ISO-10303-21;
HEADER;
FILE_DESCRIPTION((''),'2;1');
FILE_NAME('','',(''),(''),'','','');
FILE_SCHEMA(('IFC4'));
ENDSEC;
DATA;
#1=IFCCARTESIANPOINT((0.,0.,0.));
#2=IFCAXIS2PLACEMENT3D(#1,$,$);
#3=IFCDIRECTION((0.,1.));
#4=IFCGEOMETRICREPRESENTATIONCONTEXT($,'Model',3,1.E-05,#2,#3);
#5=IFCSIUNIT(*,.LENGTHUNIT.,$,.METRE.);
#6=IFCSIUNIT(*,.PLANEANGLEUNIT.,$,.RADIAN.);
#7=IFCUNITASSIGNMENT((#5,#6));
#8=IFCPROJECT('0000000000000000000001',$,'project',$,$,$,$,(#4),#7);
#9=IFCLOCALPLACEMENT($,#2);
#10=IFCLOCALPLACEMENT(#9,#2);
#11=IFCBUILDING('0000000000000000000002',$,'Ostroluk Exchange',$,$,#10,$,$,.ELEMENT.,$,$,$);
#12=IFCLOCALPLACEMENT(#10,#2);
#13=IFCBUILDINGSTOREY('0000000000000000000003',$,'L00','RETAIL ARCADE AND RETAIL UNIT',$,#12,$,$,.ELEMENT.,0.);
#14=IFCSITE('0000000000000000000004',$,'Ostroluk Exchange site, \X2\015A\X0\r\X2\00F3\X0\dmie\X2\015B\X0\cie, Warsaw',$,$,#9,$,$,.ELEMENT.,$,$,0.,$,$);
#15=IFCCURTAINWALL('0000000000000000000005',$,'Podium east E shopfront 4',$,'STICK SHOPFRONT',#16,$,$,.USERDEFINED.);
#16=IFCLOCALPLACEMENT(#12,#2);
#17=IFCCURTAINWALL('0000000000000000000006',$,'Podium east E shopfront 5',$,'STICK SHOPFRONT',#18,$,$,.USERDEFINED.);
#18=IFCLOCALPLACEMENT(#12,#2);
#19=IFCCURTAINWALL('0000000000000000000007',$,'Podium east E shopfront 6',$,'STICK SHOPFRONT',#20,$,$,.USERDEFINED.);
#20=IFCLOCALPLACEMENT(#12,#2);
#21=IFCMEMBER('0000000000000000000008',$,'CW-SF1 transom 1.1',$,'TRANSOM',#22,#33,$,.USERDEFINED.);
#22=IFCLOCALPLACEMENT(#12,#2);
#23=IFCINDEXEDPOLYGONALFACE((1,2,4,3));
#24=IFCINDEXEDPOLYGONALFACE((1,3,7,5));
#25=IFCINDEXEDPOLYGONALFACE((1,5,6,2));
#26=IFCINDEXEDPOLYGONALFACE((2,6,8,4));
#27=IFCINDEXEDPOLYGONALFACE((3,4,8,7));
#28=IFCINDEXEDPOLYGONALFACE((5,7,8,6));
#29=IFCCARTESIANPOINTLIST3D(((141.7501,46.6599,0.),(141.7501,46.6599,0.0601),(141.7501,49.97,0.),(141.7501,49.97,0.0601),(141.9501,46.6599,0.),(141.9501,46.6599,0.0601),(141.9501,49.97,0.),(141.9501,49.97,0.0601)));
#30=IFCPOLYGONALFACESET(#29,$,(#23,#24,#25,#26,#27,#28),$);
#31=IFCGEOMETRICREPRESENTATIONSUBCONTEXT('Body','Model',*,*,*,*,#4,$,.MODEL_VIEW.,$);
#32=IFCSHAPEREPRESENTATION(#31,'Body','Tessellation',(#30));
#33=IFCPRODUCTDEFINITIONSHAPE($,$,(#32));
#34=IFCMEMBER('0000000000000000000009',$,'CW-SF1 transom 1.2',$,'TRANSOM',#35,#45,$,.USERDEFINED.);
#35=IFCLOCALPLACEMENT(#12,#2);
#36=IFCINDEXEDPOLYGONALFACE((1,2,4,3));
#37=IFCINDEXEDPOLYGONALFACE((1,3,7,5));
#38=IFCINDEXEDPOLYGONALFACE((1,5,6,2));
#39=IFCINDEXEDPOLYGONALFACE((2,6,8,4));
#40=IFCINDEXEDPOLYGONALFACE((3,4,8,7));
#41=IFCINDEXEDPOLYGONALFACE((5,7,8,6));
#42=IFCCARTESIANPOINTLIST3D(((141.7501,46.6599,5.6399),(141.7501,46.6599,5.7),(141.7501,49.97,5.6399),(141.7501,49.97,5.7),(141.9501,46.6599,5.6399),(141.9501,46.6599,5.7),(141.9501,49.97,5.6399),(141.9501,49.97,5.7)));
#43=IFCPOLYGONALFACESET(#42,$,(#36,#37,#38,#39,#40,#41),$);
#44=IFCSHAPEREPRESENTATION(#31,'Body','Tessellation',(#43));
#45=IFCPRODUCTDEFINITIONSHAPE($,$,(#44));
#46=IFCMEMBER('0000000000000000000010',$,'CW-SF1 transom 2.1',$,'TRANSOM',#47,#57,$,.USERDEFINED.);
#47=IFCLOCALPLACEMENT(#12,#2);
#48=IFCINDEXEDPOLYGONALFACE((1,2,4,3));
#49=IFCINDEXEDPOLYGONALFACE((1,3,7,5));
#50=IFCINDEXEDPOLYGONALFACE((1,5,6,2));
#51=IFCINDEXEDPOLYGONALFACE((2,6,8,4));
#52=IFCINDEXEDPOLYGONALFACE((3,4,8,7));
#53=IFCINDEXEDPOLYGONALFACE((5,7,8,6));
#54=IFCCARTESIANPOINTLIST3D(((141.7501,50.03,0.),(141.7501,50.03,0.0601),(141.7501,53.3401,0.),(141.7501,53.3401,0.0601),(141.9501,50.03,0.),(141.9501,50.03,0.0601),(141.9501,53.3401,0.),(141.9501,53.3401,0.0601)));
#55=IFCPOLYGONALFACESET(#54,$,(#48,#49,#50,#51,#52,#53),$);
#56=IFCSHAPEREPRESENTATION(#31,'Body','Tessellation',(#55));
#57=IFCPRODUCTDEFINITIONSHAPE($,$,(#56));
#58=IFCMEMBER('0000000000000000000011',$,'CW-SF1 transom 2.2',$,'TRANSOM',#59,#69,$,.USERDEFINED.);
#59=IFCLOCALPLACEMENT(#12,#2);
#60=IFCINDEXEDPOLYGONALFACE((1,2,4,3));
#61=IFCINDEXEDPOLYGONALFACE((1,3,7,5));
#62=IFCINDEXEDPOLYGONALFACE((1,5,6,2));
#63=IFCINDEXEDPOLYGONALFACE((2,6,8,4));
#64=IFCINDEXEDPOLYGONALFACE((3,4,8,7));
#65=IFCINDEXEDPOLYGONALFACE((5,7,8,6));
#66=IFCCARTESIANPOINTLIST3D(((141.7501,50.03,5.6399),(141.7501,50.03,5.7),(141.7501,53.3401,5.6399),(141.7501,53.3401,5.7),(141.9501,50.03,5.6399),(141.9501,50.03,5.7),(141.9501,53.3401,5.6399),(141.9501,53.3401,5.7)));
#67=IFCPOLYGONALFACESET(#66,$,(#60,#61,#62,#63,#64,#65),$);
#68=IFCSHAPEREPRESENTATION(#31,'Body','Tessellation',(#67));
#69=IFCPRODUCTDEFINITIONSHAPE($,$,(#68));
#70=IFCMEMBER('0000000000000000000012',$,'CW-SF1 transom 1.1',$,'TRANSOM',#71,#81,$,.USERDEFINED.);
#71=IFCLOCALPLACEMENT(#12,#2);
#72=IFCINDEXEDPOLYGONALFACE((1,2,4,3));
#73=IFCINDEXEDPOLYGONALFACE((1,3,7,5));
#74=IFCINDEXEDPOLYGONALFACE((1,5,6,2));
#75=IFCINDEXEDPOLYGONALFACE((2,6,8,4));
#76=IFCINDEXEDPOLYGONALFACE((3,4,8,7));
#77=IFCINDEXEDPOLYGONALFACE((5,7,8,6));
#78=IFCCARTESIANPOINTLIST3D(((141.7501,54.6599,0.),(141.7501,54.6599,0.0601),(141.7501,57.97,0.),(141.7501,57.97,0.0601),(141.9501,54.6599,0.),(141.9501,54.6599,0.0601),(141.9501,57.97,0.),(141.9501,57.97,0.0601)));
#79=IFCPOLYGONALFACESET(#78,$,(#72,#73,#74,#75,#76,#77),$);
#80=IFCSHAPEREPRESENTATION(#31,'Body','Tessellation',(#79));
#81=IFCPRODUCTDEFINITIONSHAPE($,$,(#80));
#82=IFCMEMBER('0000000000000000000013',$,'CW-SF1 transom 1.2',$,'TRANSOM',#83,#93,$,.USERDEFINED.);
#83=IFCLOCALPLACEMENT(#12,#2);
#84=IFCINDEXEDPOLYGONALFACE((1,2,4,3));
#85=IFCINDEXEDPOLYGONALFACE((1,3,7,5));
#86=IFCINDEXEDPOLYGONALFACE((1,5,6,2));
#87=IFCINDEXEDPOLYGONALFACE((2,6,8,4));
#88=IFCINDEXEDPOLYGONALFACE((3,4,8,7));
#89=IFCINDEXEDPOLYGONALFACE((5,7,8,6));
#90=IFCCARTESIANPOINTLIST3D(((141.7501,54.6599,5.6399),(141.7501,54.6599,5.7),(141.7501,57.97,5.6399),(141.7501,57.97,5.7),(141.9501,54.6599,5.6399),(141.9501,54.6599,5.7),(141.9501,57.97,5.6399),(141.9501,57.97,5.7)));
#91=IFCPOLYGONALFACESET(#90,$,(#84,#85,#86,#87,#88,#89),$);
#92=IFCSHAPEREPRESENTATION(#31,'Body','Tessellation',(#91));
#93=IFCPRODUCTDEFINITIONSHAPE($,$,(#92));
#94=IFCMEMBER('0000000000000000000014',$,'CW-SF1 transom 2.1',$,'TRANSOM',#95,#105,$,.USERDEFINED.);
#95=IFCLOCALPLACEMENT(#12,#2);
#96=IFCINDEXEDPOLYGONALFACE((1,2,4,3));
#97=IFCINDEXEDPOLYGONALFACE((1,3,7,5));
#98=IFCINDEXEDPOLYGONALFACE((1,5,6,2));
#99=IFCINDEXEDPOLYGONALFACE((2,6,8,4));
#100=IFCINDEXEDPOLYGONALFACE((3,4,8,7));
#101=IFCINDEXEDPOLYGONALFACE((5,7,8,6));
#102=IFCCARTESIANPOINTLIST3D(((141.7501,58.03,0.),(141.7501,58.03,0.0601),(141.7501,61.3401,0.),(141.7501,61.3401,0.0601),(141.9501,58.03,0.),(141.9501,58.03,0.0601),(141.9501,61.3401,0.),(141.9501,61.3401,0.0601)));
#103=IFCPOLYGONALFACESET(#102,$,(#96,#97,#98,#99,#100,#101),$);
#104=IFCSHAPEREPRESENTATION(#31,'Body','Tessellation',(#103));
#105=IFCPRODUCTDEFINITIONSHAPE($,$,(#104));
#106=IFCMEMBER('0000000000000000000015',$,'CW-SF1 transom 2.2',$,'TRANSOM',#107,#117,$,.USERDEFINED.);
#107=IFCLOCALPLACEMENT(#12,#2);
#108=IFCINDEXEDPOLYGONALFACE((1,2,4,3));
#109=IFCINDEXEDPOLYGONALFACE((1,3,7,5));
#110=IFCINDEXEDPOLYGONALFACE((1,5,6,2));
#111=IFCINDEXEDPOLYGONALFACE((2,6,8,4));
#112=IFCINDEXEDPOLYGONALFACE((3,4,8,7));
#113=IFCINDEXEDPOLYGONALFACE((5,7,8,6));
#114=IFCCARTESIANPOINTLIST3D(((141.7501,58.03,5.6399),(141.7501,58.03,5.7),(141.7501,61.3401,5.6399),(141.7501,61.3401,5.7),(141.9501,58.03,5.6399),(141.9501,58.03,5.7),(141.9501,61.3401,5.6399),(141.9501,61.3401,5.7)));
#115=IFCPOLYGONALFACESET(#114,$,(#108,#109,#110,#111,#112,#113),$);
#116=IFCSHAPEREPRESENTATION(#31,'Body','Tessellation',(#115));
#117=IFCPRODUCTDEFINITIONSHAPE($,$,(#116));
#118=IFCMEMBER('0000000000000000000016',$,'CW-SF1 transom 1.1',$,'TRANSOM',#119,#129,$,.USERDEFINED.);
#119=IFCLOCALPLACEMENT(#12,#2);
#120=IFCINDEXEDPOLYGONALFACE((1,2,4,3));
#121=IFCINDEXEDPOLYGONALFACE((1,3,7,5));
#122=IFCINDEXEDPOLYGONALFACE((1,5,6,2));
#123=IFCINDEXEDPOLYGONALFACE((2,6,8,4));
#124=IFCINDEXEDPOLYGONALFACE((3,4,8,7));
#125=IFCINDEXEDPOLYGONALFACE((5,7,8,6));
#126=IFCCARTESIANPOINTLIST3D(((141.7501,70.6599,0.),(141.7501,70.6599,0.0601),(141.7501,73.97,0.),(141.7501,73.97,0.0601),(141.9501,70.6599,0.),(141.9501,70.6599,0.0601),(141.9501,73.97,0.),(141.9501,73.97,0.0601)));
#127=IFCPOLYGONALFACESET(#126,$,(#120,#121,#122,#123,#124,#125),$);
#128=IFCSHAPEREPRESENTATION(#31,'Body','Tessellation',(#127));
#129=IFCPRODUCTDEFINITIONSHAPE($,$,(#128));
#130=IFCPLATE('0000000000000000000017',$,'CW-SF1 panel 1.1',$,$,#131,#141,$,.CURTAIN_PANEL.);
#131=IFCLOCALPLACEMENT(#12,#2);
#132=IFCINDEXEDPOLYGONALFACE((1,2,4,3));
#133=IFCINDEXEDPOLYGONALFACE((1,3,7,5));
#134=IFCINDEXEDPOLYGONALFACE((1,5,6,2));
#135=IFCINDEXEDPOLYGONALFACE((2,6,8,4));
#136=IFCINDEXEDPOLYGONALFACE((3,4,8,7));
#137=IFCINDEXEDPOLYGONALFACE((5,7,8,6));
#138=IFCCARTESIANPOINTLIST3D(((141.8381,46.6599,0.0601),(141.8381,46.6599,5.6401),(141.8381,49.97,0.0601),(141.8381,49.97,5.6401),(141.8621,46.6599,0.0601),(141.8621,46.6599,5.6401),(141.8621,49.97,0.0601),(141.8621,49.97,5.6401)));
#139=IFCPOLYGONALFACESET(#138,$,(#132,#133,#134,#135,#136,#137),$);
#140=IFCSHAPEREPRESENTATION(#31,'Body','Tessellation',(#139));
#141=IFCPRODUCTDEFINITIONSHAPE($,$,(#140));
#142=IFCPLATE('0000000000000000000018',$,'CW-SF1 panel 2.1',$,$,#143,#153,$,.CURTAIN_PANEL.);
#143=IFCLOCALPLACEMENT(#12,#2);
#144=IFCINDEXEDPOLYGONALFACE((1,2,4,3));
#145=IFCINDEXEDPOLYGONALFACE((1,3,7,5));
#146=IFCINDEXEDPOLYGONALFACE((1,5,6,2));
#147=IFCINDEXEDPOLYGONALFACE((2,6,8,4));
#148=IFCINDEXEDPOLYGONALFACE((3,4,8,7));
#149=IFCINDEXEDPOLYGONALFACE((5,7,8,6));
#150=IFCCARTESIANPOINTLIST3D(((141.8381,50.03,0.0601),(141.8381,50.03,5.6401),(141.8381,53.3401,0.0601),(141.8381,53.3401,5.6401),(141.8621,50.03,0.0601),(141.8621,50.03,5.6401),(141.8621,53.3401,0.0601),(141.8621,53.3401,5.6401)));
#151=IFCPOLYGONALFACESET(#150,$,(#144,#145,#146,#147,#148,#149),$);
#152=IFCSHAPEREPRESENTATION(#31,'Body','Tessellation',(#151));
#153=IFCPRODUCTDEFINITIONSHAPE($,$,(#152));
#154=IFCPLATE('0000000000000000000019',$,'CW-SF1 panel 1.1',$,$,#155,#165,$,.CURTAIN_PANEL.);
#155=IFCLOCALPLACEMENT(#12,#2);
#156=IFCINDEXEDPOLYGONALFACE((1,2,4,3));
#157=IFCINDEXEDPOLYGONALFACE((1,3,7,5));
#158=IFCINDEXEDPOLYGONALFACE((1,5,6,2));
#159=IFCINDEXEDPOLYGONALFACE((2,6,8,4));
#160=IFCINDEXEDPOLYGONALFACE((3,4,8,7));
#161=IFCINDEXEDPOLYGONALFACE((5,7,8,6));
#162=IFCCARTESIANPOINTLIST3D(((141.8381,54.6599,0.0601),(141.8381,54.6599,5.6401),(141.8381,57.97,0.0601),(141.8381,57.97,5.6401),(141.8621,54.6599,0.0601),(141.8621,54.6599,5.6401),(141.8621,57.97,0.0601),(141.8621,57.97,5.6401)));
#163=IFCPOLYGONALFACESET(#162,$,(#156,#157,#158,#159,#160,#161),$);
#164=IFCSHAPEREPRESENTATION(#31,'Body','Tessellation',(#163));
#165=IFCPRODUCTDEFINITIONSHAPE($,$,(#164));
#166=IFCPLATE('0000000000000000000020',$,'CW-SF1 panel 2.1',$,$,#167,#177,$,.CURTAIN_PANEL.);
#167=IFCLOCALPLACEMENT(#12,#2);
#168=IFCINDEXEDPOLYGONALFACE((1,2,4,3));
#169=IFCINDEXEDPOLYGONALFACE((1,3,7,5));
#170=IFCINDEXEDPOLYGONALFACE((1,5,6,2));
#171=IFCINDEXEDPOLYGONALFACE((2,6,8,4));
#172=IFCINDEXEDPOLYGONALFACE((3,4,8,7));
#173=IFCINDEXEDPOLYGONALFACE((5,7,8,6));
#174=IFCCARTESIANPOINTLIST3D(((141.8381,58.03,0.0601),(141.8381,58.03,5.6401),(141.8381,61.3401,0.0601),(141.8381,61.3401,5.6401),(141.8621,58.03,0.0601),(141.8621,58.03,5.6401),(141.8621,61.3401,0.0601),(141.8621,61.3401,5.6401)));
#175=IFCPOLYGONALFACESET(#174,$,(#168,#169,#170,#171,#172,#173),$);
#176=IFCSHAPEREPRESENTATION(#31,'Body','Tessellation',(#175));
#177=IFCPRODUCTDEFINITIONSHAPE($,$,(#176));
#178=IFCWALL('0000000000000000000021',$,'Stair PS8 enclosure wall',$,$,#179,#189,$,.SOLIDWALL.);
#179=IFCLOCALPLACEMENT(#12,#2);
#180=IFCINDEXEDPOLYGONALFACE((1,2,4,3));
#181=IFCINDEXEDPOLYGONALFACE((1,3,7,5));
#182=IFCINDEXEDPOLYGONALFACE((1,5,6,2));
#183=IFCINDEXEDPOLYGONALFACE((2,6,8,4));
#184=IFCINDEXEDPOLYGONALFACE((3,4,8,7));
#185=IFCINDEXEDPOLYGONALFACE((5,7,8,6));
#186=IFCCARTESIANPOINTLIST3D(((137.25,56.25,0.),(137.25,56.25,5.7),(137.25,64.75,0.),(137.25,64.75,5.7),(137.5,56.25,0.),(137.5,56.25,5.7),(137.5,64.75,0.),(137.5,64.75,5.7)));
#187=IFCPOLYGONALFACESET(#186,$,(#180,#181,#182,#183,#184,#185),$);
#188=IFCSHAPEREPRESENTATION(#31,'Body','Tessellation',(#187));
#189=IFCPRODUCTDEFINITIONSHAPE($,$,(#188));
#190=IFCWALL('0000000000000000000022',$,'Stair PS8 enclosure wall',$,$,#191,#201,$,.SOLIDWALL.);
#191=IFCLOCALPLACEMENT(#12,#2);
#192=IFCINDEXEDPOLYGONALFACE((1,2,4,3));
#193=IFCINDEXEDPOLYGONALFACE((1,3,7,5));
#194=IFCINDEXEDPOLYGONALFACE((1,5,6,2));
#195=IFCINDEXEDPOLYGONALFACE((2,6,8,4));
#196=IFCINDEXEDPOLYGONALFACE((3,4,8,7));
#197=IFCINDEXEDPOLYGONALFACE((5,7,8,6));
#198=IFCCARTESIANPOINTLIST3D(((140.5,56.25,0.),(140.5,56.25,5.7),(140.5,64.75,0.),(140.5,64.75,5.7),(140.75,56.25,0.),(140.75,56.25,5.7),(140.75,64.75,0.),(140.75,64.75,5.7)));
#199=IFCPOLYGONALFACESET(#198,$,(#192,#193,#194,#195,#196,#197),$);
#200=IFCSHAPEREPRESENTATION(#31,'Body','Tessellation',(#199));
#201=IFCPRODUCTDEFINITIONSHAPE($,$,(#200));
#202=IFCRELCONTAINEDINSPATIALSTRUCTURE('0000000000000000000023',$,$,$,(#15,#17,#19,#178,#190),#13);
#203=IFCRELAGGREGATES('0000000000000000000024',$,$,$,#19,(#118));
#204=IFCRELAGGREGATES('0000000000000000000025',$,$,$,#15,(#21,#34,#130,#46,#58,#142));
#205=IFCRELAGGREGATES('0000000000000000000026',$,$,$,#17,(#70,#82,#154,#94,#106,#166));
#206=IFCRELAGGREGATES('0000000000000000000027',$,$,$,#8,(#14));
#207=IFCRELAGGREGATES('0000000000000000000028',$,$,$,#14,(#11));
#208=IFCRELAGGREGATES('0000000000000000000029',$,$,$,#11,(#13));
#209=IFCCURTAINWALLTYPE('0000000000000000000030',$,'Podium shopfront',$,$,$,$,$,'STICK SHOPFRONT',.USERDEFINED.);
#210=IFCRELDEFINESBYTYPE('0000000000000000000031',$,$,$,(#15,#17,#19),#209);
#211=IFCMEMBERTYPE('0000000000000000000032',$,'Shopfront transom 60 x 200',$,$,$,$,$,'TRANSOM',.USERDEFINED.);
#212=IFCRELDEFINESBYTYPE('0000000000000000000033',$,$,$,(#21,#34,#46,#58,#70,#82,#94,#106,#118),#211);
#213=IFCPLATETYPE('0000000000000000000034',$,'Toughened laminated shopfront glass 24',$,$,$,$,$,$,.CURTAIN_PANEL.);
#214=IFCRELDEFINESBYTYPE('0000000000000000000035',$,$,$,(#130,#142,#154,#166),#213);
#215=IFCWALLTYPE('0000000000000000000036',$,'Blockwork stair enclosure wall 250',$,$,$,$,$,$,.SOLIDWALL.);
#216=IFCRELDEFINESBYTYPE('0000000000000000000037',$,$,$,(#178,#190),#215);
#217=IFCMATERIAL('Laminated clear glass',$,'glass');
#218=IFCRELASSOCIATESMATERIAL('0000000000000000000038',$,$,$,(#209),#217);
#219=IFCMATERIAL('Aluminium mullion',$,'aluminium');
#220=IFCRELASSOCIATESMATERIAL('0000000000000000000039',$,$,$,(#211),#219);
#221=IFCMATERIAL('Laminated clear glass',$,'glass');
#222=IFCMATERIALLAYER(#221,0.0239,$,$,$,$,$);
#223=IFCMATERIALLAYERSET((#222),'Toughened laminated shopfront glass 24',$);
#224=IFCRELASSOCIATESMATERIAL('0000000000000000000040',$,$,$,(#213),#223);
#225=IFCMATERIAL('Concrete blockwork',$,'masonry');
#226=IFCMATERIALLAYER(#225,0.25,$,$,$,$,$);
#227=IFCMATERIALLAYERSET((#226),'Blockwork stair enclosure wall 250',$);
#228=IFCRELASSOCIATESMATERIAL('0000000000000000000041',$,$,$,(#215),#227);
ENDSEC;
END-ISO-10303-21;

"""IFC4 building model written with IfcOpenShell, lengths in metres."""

from ifc_helpers import new_model, si_unit, direction, frame, frame_2d, origin, origin_2d, place, context, subcontext, project, spatial, rectangle, extrude, material, layer, layer_set, material_profile, profile_set, type_object, element, aggregate, save


model = new_model("IFC4")

# Units and contexts
model_context = context("Model", 3, precision=1e-05, world=origin(), true_north=direction((0.0, 1.0)))
body_context = subcontext(model_context, "Body", "Model", "MODEL_VIEW")
ifc_project = project(units=[si_unit("LENGTHUNIT", "METRE"), si_unit("PLANEANGLEUNIT", "RADIAN")], contexts=[model_context])

# Site, building, storey
site_placement = place(None, origin())
site = spatial("IfcSite", under=ifc_project, at=site_placement, Name="Ostroluk Exchange site, Śródmieście, Warsaw", CompositionType="ELEMENT", RefElevation=0.0)
building_placement = place(site_placement, origin())
building = spatial("IfcBuilding", under=site, at=building_placement, Name="Ostroluk Exchange", CompositionType="ELEMENT")
storey_placement = place(building_placement, origin())
storey = spatial("IfcBuildingStorey", under=building, at=storey_placement, Name="L00", Description="RETAIL ARCADE AND RETAIL UNIT", CompositionType="ELEMENT", Elevation=0.0)

# Curtain walls
ifc_material_1 = material(Name="Laminated clear glass", Category="glass")
curtain_wall_type = type_object("IfcCurtainWallType", Name="Podium shopfront", ElementType="STICK SHOPFRONT", PredefinedType="USERDEFINED", material=ifc_material_1)
curtain_wall_1_placement = place(storey_placement, origin())
curtain_wall_1 = element("IfcCurtainWall", 1, at=curtain_wall_1_placement, inside=storey, type_object=curtain_wall_type, Name="Podium east E shopfront 4", ObjectType="STICK SHOPFRONT", PredefinedType="USERDEFINED")
curtain_wall_2_placement = place(storey_placement, origin())
curtain_wall_2 = element("IfcCurtainWall", 2, at=curtain_wall_2_placement, inside=storey, type_object=curtain_wall_type, Name="Podium east E shopfront 5", ObjectType="STICK SHOPFRONT", PredefinedType="USERDEFINED")

# Curtain wall
curtain_wall_3_placement = place(storey_placement, origin())
curtain_wall_3 = element("IfcCurtainWall", 3, at=curtain_wall_3_placement, inside=storey, type_object=curtain_wall_type, Name="Podium east E shopfront 6", ObjectType="STICK SHOPFRONT", PredefinedType="USERDEFINED")

# Members
ifc_material_2 = material(Name="Aluminium mullion", Category="aluminium")
ifc_material_profile_1 = material_profile(ifc_material_2, rectangle(XDim=0.2, YDim=0.0601, at=origin_2d()), Name="Shopfront transom 60 x 200")
ifc_profile_set_1 = profile_set([ifc_material_profile_1], Name="Aluminium mullion")
member_type_1 = type_object("IfcMemberType", Name="Shopfront transom 60 x 200", ElementType="TRANSOM", PredefinedType="USERDEFINED", material=ifc_profile_set_1)
member_1_placement = place(storey_placement, frame((141.8501, 46.6599, 0.03), z_axis=(0.0, 1.0, 0.0), x_axis=(-1.0, 0.0, 0.0)))
member_1 = element("IfcMember", 4, at=member_1_placement, type_object=member_type_1, Name="CW-SF1 transom 1.1", ObjectType="TRANSOM", PredefinedType="USERDEFINED", context=body_context, shape_type="SweptSolid", body=[
    extrude(rectangle(XDim=0.2, YDim=0.0601, at=origin_2d()), origin(), (0.0, 0.0, 1.0), 3.3101),
])
member_2_placement = place(storey_placement, frame((141.8501, 46.6599, 5.6699), z_axis=(0.0, 1.0, 0.0), x_axis=(-1.0, 0.0, 0.0)))
member_2 = element("IfcMember", 5, at=member_2_placement, type_object=member_type_1, Name="CW-SF1 transom 1.2", ObjectType="TRANSOM", PredefinedType="USERDEFINED", context=body_context, shape_type="SweptSolid", body=[
    extrude(rectangle(XDim=0.2, YDim=0.0601, at=origin_2d()), origin(), (0.0, 0.0, 1.0), 3.3101),
])
member_3_placement = place(storey_placement, frame((141.8501, 50.03, 0.03), z_axis=(0.0, 1.0, 0.0), x_axis=(-1.0, 0.0, 0.0)))
member_3 = element("IfcMember", 6, at=member_3_placement, type_object=member_type_1, Name="CW-SF1 transom 2.1", ObjectType="TRANSOM", PredefinedType="USERDEFINED", context=body_context, shape_type="SweptSolid", body=[
    extrude(rectangle(XDim=0.2, YDim=0.0601, at=origin_2d()), origin(), (0.0, 0.0, 1.0), 3.3101),
])
member_4_placement = place(storey_placement, frame((141.8501, 50.03, 5.6699), z_axis=(0.0, 1.0, 0.0), x_axis=(-1.0, 0.0, 0.0)))
member_4 = element("IfcMember", 7, at=member_4_placement, type_object=member_type_1, Name="CW-SF1 transom 2.2", ObjectType="TRANSOM", PredefinedType="USERDEFINED", context=body_context, shape_type="SweptSolid", body=[
    extrude(rectangle(XDim=0.2, YDim=0.0601, at=origin_2d()), origin(), (0.0, 0.0, 1.0), 3.3101),
])
member_5_placement = place(storey_placement, frame((141.8501, 54.6599, 0.03), z_axis=(0.0, 1.0, 0.0), x_axis=(-1.0, 0.0, 0.0)))
member_5 = element("IfcMember", 8, at=member_5_placement, type_object=member_type_1, Name="CW-SF1 transom 1.1", ObjectType="TRANSOM", PredefinedType="USERDEFINED", context=body_context, shape_type="SweptSolid", body=[
    extrude(rectangle(XDim=0.2, YDim=0.0601, at=origin_2d()), origin(), (0.0, 0.0, 1.0), 3.3101),
])
member_6_placement = place(storey_placement, frame((141.8501, 54.6599, 5.6699), z_axis=(0.0, 1.0, 0.0), x_axis=(-1.0, 0.0, 0.0)))
member_6 = element("IfcMember", 9, at=member_6_placement, type_object=member_type_1, Name="CW-SF1 transom 1.2", ObjectType="TRANSOM", PredefinedType="USERDEFINED", context=body_context, shape_type="SweptSolid", body=[
    extrude(rectangle(XDim=0.2, YDim=0.0601, at=origin_2d()), origin(), (0.0, 0.0, 1.0), 3.3101),
])
member_7_placement = place(storey_placement, frame((141.8501, 58.03, 0.03), z_axis=(0.0, 1.0, 0.0), x_axis=(-1.0, 0.0, 0.0)))
member_7 = element("IfcMember", 10, at=member_7_placement, type_object=member_type_1, Name="CW-SF1 transom 2.1", ObjectType="TRANSOM", PredefinedType="USERDEFINED", context=body_context, shape_type="SweptSolid", body=[
    extrude(rectangle(XDim=0.2, YDim=0.0601, at=origin_2d()), origin(), (0.0, 0.0, 1.0), 3.3101),
])
member_8_placement = place(storey_placement, frame((141.8501, 58.03, 5.6699), z_axis=(0.0, 1.0, 0.0), x_axis=(-1.0, 0.0, 0.0)))
member_8 = element("IfcMember", 11, at=member_8_placement, type_object=member_type_1, Name="CW-SF1 transom 2.2", ObjectType="TRANSOM", PredefinedType="USERDEFINED", context=body_context, shape_type="SweptSolid", body=[
    extrude(rectangle(XDim=0.2, YDim=0.0601, at=origin_2d()), origin(), (0.0, 0.0, 1.0), 3.3101),
])
member_9_placement = place(storey_placement, frame((141.8501, 70.6599, 0.03), z_axis=(0.0, 1.0, 0.0), x_axis=(-1.0, 0.0, 0.0)))
member_9 = element("IfcMember", 12, at=member_9_placement, type_object=member_type_1, Name="CW-SF1 transom 1.1", ObjectType="TRANSOM", PredefinedType="USERDEFINED", context=body_context, shape_type="SweptSolid", body=[
    extrude(rectangle(XDim=0.2, YDim=0.0601, at=origin_2d()), origin(), (0.0, 0.0, 1.0), 3.3101),
])
aggregate(curtain_wall_3, [member_9])

# Plates
ifc_material_3 = material(Name="Laminated clear glass", Category="glass")
ifc_layer_1 = layer(ifc_material_3, 0.0239)
ifc_layer_set_1 = layer_set([ifc_layer_1], Name="Toughened laminated shopfront glass 24")
plate_type = type_object("IfcPlateType", Name="Toughened laminated shopfront glass 24", PredefinedType="CURTAIN_PANEL", material=ifc_layer_set_1)
plate_1_placement = place(storey_placement, frame((141.8501, 48.3149, 0.0601), z_axis=(0.0, 0.0, 1.0), x_axis=(0.0, 1.0, 0.0)))
plate_1 = element("IfcPlate", 13, at=plate_1_placement, type_object=plate_type, Name="CW-SF1 panel 1.1", PredefinedType="CURTAIN_PANEL", context=body_context, shape_type="SweptSolid", body=[
    extrude(rectangle(XDim=3.3101, YDim=0.0239, at=origin_2d()), origin(), (0.0, 0.0, 1.0), 5.5801),
])
plate_2_placement = place(storey_placement, frame((141.8501, 51.6851, 0.0601), z_axis=(0.0, 0.0, 1.0), x_axis=(0.0, 1.0, 0.0)))
plate_2 = element("IfcPlate", 14, at=plate_2_placement, type_object=plate_type, Name="CW-SF1 panel 2.1", PredefinedType="CURTAIN_PANEL", context=body_context, shape_type="SweptSolid", body=[
    extrude(rectangle(XDim=3.3101, YDim=0.0239, at=origin_2d()), origin(), (0.0, 0.0, 1.0), 5.5801),
])
aggregate(curtain_wall_1, [member_1, member_2, plate_1, member_3, member_4, plate_2])
plate_3_placement = place(storey_placement, frame((141.8501, 56.3149, 0.0601), z_axis=(0.0, 0.0, 1.0), x_axis=(0.0, 1.0, 0.0)))
plate_3 = element("IfcPlate", 15, at=plate_3_placement, type_object=plate_type, Name="CW-SF1 panel 1.1", PredefinedType="CURTAIN_PANEL", context=body_context, shape_type="SweptSolid", body=[
    extrude(rectangle(XDim=3.3101, YDim=0.0239, at=origin_2d()), origin(), (0.0, 0.0, 1.0), 5.5801),
])
plate_4_placement = place(storey_placement, frame((141.8501, 59.6851, 0.0601), z_axis=(0.0, 0.0, 1.0), x_axis=(0.0, 1.0, 0.0)))
plate_4 = element("IfcPlate", 16, at=plate_4_placement, type_object=plate_type, Name="CW-SF1 panel 2.1", PredefinedType="CURTAIN_PANEL", context=body_context, shape_type="SweptSolid", body=[
    extrude(rectangle(XDim=3.3101, YDim=0.0239, at=origin_2d()), origin(), (0.0, 0.0, 1.0), 5.5801),
])
aggregate(curtain_wall_2, [member_5, member_6, plate_3, member_7, member_8, plate_4])

# Walls
ifc_material_4 = material(Name="Concrete blockwork", Category="masonry")
ifc_layer_2 = layer(ifc_material_4, 0.25)
ifc_layer_set_2 = layer_set([ifc_layer_2], Name="Blockwork stair enclosure wall 250")
wall_type_1 = type_object("IfcWallType", Name="Blockwork stair enclosure wall 250", PredefinedType="SOLIDWALL", material=ifc_layer_set_2)
for number, where, z_axis, x_axis, name in (
    (17, (137.375, 56.25, 0.0), (0.0, 0.0, 1.0), (0.0, 1.0, 0.0), "Stair PS8 enclosure wall"),
    (18, (140.625, 56.25, 0.0), (0.0, 0.0, 1.0), (0.0, 1.0, 0.0), "Stair PS8 enclosure wall"),
):
    element("IfcWall", number, at=place(storey_placement, frame(where, z_axis=z_axis, x_axis=x_axis)), inside=storey, type_object=wall_type_1, Name=name, PredefinedType="SOLIDWALL", context=body_context, shape_type="SweptSolid", body=[
        extrude(rectangle(XDim=8.5, YDim=0.25, at=frame_2d((4.25, 0.0))), origin(), (0.0, 0.0, 1.0), 5.7),
    ])

save(model, "model.ifc")
